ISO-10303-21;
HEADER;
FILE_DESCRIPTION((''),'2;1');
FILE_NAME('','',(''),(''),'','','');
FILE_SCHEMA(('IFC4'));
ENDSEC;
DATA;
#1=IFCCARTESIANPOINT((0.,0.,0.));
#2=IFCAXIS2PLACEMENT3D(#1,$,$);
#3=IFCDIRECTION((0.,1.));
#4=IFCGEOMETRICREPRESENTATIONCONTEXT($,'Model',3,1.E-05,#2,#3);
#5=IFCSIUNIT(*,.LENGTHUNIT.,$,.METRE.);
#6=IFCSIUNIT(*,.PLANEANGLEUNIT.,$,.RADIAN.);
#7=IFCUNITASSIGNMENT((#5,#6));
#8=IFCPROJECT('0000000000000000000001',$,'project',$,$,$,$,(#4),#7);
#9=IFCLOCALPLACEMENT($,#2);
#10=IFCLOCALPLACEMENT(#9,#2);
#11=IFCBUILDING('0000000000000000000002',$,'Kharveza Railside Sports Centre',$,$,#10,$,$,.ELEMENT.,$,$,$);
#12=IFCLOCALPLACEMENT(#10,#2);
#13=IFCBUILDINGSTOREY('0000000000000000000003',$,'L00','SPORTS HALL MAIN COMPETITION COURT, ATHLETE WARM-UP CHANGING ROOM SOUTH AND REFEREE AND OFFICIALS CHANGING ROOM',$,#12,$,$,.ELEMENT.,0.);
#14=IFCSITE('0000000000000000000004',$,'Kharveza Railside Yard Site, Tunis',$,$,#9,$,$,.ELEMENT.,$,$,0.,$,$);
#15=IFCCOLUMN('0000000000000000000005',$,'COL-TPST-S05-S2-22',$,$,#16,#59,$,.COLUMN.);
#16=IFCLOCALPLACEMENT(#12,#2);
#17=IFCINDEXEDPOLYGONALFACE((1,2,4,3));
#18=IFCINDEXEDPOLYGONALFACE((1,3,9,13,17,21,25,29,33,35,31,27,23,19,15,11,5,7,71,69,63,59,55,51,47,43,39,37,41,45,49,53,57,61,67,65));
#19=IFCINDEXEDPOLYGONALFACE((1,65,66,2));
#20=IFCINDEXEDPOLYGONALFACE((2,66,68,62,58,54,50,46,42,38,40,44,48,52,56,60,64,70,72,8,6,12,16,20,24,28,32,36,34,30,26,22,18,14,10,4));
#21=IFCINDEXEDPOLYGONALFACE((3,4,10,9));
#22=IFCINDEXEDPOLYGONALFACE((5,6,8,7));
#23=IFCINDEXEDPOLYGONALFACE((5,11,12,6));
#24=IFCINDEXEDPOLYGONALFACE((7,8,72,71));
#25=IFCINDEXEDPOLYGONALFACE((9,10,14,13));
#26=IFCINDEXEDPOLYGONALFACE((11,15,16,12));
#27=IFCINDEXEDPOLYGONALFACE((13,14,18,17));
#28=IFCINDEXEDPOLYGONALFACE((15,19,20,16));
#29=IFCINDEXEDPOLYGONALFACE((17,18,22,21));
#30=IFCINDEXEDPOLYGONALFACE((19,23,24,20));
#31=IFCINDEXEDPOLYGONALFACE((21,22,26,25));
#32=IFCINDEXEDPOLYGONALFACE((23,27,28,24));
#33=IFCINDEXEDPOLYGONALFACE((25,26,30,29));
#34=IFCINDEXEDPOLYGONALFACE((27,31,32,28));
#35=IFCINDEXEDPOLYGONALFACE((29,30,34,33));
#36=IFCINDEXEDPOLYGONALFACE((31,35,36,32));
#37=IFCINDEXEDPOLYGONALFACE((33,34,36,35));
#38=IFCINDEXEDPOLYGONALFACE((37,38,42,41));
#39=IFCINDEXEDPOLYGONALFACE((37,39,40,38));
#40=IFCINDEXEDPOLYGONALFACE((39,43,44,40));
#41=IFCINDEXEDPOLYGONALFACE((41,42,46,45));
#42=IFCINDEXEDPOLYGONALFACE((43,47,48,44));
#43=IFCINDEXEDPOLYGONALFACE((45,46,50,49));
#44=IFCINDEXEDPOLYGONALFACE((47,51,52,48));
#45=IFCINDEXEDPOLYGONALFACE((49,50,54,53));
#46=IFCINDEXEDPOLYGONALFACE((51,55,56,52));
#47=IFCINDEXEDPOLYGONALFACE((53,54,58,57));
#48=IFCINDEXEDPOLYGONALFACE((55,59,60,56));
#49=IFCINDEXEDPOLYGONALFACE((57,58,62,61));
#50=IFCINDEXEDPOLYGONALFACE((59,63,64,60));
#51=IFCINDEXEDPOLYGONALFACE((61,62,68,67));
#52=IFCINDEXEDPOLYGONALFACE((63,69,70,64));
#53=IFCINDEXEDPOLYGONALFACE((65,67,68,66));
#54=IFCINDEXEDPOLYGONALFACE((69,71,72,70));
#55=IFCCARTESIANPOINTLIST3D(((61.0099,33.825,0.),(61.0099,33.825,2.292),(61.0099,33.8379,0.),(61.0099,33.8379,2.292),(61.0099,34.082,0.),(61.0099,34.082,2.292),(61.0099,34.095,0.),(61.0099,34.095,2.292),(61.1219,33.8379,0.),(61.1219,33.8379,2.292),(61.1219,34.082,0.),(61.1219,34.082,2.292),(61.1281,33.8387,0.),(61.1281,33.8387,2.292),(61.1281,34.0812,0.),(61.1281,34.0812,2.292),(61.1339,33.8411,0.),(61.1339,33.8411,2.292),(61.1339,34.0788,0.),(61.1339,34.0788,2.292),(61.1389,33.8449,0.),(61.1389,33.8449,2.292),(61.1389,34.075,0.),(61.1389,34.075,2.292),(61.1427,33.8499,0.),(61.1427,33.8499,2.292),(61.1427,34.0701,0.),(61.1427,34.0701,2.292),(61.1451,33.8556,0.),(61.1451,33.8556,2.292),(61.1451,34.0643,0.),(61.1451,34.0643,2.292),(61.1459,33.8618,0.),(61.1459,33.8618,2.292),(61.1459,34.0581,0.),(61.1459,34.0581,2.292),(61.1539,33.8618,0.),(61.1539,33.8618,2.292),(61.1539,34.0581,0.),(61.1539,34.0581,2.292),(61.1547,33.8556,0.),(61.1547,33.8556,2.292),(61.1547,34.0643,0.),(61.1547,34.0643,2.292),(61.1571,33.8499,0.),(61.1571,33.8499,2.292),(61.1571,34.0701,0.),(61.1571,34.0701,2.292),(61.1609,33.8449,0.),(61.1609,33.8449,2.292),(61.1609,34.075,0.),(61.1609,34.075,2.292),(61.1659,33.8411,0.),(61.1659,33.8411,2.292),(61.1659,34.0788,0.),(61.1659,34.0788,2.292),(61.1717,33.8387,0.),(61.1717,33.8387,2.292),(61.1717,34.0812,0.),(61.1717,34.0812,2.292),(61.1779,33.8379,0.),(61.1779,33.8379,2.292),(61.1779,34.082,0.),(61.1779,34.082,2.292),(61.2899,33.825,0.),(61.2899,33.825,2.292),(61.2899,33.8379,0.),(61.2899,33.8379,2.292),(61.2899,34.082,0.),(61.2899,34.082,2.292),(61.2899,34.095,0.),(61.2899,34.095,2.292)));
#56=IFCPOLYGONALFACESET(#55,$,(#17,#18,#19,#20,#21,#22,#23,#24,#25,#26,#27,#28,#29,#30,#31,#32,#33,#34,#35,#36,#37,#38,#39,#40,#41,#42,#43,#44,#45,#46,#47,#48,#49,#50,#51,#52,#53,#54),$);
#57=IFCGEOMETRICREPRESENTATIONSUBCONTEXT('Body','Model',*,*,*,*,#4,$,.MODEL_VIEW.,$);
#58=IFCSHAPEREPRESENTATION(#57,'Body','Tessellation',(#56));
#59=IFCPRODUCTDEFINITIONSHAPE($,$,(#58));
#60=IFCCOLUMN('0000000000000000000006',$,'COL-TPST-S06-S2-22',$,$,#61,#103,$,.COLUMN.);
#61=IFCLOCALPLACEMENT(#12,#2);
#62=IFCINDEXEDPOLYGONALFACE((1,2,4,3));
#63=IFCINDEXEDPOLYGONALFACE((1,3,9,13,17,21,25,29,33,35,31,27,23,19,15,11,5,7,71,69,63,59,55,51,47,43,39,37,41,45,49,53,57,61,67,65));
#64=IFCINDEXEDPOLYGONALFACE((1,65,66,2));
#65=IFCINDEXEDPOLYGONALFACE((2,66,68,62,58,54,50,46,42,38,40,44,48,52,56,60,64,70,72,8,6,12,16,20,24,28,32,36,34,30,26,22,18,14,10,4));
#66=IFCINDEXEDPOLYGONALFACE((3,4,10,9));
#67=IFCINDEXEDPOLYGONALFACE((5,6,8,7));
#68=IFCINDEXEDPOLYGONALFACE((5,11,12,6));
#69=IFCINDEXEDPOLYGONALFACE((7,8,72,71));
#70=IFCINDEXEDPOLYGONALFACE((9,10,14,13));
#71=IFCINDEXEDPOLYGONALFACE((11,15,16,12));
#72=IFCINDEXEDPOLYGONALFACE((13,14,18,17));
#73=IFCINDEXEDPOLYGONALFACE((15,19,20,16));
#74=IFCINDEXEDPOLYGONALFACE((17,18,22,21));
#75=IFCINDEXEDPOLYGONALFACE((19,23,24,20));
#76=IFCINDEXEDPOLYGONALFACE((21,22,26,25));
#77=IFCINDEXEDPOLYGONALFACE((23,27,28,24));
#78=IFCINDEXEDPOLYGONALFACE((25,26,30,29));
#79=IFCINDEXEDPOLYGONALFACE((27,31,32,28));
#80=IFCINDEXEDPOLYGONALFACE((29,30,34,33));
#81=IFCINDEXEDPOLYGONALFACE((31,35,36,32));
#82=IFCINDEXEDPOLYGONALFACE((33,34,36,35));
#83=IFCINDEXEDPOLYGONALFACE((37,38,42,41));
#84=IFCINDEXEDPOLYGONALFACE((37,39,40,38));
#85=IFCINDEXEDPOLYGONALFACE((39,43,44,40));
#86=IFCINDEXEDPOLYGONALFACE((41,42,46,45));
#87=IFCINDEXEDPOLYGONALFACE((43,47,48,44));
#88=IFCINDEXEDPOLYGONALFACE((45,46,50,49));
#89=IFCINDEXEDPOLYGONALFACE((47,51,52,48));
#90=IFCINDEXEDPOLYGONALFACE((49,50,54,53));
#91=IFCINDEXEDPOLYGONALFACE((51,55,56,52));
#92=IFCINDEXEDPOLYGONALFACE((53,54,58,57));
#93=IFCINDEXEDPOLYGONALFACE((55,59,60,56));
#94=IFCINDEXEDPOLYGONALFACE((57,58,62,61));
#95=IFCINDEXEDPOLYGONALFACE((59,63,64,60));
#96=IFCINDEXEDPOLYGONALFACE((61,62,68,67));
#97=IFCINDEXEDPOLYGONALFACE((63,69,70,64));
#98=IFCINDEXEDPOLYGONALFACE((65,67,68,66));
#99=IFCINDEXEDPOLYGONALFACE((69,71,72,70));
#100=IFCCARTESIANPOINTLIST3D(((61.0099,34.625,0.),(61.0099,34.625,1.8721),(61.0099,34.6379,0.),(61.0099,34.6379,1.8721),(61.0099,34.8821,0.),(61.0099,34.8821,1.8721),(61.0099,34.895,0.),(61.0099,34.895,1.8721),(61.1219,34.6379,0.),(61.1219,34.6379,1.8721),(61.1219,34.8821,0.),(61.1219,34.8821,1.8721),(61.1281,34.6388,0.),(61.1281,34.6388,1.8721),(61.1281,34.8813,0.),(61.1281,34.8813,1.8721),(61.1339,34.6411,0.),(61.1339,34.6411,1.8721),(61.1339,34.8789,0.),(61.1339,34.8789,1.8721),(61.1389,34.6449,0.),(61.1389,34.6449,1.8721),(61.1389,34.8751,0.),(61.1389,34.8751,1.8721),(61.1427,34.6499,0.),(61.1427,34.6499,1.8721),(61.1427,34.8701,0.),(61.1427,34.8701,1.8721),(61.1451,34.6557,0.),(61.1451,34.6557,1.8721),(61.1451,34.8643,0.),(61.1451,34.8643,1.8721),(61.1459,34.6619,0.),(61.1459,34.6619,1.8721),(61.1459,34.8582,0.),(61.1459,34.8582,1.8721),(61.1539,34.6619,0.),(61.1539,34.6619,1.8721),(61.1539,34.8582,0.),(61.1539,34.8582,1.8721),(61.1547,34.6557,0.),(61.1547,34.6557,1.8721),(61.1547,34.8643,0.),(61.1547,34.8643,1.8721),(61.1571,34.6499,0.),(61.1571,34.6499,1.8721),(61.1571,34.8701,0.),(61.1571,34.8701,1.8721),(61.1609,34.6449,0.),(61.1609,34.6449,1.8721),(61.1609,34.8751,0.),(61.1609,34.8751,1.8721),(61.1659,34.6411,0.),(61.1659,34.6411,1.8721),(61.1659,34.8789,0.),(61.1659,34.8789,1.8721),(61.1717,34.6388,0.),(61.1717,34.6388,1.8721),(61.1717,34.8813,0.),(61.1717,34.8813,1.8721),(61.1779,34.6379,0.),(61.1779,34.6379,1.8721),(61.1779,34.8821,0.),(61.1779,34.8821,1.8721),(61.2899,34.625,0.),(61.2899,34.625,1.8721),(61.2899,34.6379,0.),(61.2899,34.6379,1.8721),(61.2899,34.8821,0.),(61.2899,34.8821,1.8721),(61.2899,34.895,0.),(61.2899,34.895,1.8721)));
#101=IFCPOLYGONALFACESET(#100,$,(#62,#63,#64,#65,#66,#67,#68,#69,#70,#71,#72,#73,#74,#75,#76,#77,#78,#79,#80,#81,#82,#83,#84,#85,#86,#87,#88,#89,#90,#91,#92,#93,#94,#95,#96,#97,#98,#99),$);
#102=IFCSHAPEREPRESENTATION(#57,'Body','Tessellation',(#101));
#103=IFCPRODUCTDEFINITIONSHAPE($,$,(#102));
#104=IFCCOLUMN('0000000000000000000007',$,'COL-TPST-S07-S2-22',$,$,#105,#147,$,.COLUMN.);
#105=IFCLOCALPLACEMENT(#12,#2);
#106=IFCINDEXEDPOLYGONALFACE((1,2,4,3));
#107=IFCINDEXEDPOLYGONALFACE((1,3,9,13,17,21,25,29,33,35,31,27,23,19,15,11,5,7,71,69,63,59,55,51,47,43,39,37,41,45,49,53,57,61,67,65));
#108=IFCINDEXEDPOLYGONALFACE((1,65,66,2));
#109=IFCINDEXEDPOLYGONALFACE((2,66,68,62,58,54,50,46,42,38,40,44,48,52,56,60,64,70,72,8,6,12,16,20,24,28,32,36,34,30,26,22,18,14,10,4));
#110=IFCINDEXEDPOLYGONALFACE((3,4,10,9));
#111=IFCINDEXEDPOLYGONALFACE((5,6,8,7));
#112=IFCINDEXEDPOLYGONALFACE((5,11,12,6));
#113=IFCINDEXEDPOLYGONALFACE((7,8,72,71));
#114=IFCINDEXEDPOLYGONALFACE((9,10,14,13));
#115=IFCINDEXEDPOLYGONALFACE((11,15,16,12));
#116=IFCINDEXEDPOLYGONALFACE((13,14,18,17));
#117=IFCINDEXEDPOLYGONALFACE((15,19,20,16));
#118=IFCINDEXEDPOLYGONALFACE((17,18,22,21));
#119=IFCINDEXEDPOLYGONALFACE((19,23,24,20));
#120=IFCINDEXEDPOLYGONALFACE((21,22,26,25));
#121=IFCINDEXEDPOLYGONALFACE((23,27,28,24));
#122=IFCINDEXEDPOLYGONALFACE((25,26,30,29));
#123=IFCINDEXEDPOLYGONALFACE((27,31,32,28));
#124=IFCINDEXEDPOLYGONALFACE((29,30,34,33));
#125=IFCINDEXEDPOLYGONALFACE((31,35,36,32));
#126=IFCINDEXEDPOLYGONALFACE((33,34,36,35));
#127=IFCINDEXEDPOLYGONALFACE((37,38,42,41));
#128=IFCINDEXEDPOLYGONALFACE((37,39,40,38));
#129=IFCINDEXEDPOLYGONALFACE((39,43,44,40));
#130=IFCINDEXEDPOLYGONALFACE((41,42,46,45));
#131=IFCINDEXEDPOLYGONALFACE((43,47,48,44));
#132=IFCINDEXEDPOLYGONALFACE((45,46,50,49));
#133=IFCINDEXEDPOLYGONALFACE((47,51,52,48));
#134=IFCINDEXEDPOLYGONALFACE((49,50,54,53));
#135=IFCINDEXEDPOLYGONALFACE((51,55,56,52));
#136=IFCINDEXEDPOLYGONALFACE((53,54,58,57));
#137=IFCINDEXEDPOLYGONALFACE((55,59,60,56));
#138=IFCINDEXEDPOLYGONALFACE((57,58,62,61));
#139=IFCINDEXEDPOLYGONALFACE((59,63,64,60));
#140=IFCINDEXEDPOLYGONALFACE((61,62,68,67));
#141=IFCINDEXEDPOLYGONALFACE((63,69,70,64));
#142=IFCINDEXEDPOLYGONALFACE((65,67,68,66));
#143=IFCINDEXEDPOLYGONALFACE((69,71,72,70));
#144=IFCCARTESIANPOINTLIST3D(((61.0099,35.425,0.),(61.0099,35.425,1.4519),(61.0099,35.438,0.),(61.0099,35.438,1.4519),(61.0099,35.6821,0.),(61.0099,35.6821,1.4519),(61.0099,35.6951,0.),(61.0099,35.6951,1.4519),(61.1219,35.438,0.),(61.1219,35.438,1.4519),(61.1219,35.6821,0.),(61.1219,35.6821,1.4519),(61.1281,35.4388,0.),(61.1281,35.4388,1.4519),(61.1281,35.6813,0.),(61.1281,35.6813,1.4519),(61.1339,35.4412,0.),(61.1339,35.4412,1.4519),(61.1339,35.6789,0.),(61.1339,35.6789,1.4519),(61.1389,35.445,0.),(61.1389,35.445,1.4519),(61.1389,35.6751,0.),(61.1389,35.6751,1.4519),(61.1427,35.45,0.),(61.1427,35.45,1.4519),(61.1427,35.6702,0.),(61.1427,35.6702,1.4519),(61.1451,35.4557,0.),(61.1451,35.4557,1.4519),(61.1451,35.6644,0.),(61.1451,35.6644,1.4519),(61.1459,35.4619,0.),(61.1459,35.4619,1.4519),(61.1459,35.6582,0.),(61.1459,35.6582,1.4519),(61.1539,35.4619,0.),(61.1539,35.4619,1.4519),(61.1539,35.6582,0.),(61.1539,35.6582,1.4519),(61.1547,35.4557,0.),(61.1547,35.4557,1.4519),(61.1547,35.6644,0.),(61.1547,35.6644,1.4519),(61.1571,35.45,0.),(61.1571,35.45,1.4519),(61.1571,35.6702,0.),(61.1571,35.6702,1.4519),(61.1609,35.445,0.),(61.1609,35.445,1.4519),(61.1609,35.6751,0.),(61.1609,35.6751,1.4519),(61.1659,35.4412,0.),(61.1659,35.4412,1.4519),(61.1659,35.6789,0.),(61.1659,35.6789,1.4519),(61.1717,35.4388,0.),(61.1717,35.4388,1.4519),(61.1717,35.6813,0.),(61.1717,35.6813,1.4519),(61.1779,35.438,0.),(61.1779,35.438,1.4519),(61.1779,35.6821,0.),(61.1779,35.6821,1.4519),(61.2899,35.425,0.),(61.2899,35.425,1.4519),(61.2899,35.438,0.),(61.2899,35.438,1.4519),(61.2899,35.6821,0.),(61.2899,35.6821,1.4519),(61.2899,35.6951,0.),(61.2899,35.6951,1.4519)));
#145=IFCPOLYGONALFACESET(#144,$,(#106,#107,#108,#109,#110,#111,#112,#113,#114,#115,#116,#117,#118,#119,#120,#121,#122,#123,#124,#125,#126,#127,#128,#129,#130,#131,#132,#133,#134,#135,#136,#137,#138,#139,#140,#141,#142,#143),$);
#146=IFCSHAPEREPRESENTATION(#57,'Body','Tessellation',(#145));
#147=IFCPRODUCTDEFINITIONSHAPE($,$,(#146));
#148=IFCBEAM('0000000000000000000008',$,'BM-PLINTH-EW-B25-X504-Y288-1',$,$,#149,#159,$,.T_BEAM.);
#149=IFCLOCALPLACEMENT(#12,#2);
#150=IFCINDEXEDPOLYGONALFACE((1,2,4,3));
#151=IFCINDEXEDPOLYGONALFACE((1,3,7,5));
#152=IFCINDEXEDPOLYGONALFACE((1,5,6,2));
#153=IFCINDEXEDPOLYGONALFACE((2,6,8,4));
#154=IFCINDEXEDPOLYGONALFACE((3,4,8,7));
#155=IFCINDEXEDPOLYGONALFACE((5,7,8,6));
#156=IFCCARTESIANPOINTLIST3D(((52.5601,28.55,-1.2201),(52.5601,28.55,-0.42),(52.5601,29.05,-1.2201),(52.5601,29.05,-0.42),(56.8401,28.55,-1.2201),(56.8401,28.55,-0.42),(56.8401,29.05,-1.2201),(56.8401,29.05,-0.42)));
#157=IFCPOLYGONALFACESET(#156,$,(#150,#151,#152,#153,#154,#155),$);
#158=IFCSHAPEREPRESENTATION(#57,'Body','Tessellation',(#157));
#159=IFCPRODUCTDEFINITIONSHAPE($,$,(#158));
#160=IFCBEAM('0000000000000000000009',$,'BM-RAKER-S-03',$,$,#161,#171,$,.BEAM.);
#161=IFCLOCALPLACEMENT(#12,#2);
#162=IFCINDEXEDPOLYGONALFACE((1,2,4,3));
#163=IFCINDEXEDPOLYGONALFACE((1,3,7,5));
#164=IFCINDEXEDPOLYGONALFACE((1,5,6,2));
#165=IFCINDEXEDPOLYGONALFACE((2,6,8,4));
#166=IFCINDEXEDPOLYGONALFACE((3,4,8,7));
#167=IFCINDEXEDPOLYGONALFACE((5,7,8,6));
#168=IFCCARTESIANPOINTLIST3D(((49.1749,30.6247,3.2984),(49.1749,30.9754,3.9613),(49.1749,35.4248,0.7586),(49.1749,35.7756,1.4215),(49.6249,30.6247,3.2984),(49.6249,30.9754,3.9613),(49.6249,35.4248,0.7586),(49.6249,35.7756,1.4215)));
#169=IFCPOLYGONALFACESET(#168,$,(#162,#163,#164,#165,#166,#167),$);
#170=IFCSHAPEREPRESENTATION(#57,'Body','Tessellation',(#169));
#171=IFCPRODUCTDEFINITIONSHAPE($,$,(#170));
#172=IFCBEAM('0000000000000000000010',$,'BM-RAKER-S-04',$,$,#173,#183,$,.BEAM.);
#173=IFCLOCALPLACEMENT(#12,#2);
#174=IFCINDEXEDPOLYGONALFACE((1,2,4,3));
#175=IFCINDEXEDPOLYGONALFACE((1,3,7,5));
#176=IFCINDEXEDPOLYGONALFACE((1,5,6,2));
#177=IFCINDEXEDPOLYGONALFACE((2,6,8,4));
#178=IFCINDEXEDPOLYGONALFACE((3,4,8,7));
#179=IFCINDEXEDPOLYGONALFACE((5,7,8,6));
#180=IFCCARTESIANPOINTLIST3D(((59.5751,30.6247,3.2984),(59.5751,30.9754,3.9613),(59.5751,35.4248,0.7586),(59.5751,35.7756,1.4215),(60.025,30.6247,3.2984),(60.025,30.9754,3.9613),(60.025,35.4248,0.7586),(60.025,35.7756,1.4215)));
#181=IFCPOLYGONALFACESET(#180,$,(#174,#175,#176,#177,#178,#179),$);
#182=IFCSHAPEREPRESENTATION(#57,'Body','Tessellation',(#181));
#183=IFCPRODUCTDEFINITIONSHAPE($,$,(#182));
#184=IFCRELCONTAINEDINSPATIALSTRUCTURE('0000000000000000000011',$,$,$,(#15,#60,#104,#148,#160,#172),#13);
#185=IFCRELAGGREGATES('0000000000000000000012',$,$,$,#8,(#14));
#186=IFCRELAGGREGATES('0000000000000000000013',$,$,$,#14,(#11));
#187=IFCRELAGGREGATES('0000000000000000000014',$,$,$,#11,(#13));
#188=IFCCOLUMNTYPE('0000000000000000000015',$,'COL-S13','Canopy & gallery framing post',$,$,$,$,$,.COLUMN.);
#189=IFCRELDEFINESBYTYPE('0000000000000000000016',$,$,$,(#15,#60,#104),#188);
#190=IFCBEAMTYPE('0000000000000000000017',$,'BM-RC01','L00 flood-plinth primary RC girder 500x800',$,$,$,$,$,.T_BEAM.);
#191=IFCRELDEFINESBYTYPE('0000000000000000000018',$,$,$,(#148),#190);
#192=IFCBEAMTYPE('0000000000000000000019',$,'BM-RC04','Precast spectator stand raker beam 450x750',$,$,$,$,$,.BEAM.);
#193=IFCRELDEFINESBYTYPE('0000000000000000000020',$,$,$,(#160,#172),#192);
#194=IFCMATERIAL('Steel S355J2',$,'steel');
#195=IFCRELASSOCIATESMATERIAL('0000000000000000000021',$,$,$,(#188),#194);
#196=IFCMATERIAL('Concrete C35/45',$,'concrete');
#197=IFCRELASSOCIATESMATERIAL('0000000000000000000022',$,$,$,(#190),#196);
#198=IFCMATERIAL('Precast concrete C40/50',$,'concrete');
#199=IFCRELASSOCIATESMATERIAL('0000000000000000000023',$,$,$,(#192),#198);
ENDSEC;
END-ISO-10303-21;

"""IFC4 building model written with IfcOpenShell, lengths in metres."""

from ifc_helpers import new_model, si_unit, direction, frame, origin, origin_2d, place, context, subcontext, project, spatial, rectangle, i_section, extrude, material, material_profile, profile_set, type_object, element, save


model = new_model("IFC4")

# Units and contexts
model_context = context("Model", 3, precision=1e-05, world=origin(), true_north=direction((0.0, 1.0)))
body_context = subcontext(model_context, "Body", "Model", "MODEL_VIEW")
ifc_project = project(units=[si_unit("LENGTHUNIT", "METRE"), si_unit("PLANEANGLEUNIT", "RADIAN")], contexts=[model_context])

# Site, building, storey
site_placement = place(None, origin())
site = spatial("IfcSite", under=ifc_project, at=site_placement, Name="Kharveza Railside Yard Site, Tunis", CompositionType="ELEMENT", RefElevation=0.0)
building_placement = place(site_placement, origin())
building = spatial("IfcBuilding", under=site, at=building_placement, Name="Kharveza Railside Sports Centre", CompositionType="ELEMENT")
storey_placement = place(building_placement, origin())
storey = spatial("IfcBuildingStorey", under=building, at=storey_placement, Name="L00", Description="SPORTS HALL MAIN COMPETITION COURT, ATHLETE WARM-UP CHANGING ROOM SOUTH AND REFEREE AND OFFICIALS CHANGING ROOM", CompositionType="ELEMENT", Elevation=0.0)

# Shared definitions
ifc_material_1 = material(Name="Concrete C35/45", Category="concrete")

# Columns
ifc_material_2 = material(Name="Steel S355J2", Category="steel")
ifc_material_profile_1 = material_profile(ifc_material_2, i_section(OverallWidth=0.28, OverallDepth=0.27, WebThickness=0.0081, FlangeThickness=0.0129, FilletRadius=0.0239, at=origin_2d()), Name="HEA 280")
ifc_profile_set_1 = profile_set([ifc_material_profile_1], Name="Steel S355J2")
column_type_1 = type_object("IfcColumnType", Name="COL-S13", Description="Canopy & gallery framing post", PredefinedType="COLUMN", material=ifc_profile_set_1)
column_1_placement = place(storey_placement, frame((61.1499, 33.96, 0.0), z_axis=(0.0, 0.0, 1.0), x_axis=(1.0, 0.0, 0.0)))
element("IfcColumn", 1, at=column_1_placement, inside=storey, type_object=column_type_1, Name="COL-TPST-S05-S2-22", PredefinedType="COLUMN", context=body_context, shape_type="SweptSolid", body=[
    extrude(i_section(OverallWidth=0.28, OverallDepth=0.27, WebThickness=0.0081, FlangeThickness=0.0129, FilletRadius=0.0239, at=origin_2d()), origin(), (0.0, 0.0, 1.0), 2.292),
])
column_2_placement = place(storey_placement, frame((61.1499, 34.76, 0.0), z_axis=(0.0, 0.0, 1.0), x_axis=(1.0, 0.0, 0.0)))
element("IfcColumn", 2, at=column_2_placement, inside=storey, type_object=column_type_1, Name="COL-TPST-S06-S2-22", PredefinedType="COLUMN", context=body_context, shape_type="SweptSolid", body=[
    extrude(i_section(OverallWidth=0.28, OverallDepth=0.27, WebThickness=0.0081, FlangeThickness=0.0129, FilletRadius=0.0239, at=origin_2d()), origin(), (0.0, 0.0, 1.0), 1.8721),
])
column_3_placement = place(storey_placement, frame((61.1499, 35.5601, 0.0), z_axis=(0.0, 0.0, 1.0), x_axis=(1.0, 0.0, 0.0)))
element("IfcColumn", 3, at=column_3_placement, inside=storey, type_object=column_type_1, Name="COL-TPST-S07-S2-22", PredefinedType="COLUMN", context=body_context, shape_type="SweptSolid", body=[
    extrude(i_section(OverallWidth=0.28, OverallDepth=0.27, WebThickness=0.0081, FlangeThickness=0.0129, FilletRadius=0.0239, at=origin_2d()), origin(), (0.0, 0.0, 1.0), 1.4519),
])

# Beams
ifc_material_profile_2 = material_profile(ifc_material_1, rectangle(XDim=0.5, YDim=0.8, at=origin_2d()), Name="RCB 500x800")
ifc_profile_set_2 = profile_set([ifc_material_profile_2], Name="Concrete C35/45")
beam_type_1 = type_object("IfcBeamType", Name="BM-RC01", Description="L00 flood-plinth primary RC girder 500x800", PredefinedType="T_BEAM", material=ifc_profile_set_2)
beam_placement = place(storey_placement, frame((52.5601, 28.8, -0.8201), z_axis=(1.0, 0.0, 0.0), x_axis=(0.0, 1.0, 0.0)))
element("IfcBeam", 4, at=beam_placement, inside=storey, type_object=beam_type_1, Name="BM-PLINTH-EW-B25-X504-Y288-1", PredefinedType="T_BEAM", context=body_context, shape_type="SweptSolid", body=[
    extrude(rectangle(XDim=0.5, YDim=0.8, at=origin_2d()), origin(), (0.0, 0.0, 1.0), 4.28),
])
ifc_material_3 = material(Name="Precast concrete C40/50", Category="concrete")
ifc_material_profile_3 = material_profile(ifc_material_3, rectangle(XDim=0.45, YDim=0.75, at=origin_2d()), Name="RCB 450x750")
ifc_profile_set_3 = profile_set([ifc_material_profile_3], Name="Precast concrete C40/50")
beam_type_2 = type_object("IfcBeamType", Name="BM-RC04", Description="Precast spectator stand raker beam 450x750", PredefinedType="BEAM", material=ifc_profile_set_3)
for number, where, z_axis, x_axis, name in (
    (5, (49.3999, 30.8, 3.6299), (0.0, 0.883895, -0.467685), (-1.0, 0.0, 0.0), "BM-RAKER-S-03"),
    (6, (59.8, 30.8, 3.6299), (0.0, 0.883895, -0.467685), (-1.0, 0.0, 0.0), "BM-RAKER-S-04"),
):
    element("IfcBeam", number, at=place(storey_placement, frame(where, z_axis=z_axis, x_axis=x_axis)), inside=storey, type_object=beam_type_2, Name=name, PredefinedType="BEAM", context=body_context, shape_type="SweptSolid", body=[
        extrude(rectangle(XDim=0.45, YDim=0.75, at=origin_2d()), origin(), (0.0, 0.0, 1.0), 5.4307),
    ])

save(model, "model.ifc")
